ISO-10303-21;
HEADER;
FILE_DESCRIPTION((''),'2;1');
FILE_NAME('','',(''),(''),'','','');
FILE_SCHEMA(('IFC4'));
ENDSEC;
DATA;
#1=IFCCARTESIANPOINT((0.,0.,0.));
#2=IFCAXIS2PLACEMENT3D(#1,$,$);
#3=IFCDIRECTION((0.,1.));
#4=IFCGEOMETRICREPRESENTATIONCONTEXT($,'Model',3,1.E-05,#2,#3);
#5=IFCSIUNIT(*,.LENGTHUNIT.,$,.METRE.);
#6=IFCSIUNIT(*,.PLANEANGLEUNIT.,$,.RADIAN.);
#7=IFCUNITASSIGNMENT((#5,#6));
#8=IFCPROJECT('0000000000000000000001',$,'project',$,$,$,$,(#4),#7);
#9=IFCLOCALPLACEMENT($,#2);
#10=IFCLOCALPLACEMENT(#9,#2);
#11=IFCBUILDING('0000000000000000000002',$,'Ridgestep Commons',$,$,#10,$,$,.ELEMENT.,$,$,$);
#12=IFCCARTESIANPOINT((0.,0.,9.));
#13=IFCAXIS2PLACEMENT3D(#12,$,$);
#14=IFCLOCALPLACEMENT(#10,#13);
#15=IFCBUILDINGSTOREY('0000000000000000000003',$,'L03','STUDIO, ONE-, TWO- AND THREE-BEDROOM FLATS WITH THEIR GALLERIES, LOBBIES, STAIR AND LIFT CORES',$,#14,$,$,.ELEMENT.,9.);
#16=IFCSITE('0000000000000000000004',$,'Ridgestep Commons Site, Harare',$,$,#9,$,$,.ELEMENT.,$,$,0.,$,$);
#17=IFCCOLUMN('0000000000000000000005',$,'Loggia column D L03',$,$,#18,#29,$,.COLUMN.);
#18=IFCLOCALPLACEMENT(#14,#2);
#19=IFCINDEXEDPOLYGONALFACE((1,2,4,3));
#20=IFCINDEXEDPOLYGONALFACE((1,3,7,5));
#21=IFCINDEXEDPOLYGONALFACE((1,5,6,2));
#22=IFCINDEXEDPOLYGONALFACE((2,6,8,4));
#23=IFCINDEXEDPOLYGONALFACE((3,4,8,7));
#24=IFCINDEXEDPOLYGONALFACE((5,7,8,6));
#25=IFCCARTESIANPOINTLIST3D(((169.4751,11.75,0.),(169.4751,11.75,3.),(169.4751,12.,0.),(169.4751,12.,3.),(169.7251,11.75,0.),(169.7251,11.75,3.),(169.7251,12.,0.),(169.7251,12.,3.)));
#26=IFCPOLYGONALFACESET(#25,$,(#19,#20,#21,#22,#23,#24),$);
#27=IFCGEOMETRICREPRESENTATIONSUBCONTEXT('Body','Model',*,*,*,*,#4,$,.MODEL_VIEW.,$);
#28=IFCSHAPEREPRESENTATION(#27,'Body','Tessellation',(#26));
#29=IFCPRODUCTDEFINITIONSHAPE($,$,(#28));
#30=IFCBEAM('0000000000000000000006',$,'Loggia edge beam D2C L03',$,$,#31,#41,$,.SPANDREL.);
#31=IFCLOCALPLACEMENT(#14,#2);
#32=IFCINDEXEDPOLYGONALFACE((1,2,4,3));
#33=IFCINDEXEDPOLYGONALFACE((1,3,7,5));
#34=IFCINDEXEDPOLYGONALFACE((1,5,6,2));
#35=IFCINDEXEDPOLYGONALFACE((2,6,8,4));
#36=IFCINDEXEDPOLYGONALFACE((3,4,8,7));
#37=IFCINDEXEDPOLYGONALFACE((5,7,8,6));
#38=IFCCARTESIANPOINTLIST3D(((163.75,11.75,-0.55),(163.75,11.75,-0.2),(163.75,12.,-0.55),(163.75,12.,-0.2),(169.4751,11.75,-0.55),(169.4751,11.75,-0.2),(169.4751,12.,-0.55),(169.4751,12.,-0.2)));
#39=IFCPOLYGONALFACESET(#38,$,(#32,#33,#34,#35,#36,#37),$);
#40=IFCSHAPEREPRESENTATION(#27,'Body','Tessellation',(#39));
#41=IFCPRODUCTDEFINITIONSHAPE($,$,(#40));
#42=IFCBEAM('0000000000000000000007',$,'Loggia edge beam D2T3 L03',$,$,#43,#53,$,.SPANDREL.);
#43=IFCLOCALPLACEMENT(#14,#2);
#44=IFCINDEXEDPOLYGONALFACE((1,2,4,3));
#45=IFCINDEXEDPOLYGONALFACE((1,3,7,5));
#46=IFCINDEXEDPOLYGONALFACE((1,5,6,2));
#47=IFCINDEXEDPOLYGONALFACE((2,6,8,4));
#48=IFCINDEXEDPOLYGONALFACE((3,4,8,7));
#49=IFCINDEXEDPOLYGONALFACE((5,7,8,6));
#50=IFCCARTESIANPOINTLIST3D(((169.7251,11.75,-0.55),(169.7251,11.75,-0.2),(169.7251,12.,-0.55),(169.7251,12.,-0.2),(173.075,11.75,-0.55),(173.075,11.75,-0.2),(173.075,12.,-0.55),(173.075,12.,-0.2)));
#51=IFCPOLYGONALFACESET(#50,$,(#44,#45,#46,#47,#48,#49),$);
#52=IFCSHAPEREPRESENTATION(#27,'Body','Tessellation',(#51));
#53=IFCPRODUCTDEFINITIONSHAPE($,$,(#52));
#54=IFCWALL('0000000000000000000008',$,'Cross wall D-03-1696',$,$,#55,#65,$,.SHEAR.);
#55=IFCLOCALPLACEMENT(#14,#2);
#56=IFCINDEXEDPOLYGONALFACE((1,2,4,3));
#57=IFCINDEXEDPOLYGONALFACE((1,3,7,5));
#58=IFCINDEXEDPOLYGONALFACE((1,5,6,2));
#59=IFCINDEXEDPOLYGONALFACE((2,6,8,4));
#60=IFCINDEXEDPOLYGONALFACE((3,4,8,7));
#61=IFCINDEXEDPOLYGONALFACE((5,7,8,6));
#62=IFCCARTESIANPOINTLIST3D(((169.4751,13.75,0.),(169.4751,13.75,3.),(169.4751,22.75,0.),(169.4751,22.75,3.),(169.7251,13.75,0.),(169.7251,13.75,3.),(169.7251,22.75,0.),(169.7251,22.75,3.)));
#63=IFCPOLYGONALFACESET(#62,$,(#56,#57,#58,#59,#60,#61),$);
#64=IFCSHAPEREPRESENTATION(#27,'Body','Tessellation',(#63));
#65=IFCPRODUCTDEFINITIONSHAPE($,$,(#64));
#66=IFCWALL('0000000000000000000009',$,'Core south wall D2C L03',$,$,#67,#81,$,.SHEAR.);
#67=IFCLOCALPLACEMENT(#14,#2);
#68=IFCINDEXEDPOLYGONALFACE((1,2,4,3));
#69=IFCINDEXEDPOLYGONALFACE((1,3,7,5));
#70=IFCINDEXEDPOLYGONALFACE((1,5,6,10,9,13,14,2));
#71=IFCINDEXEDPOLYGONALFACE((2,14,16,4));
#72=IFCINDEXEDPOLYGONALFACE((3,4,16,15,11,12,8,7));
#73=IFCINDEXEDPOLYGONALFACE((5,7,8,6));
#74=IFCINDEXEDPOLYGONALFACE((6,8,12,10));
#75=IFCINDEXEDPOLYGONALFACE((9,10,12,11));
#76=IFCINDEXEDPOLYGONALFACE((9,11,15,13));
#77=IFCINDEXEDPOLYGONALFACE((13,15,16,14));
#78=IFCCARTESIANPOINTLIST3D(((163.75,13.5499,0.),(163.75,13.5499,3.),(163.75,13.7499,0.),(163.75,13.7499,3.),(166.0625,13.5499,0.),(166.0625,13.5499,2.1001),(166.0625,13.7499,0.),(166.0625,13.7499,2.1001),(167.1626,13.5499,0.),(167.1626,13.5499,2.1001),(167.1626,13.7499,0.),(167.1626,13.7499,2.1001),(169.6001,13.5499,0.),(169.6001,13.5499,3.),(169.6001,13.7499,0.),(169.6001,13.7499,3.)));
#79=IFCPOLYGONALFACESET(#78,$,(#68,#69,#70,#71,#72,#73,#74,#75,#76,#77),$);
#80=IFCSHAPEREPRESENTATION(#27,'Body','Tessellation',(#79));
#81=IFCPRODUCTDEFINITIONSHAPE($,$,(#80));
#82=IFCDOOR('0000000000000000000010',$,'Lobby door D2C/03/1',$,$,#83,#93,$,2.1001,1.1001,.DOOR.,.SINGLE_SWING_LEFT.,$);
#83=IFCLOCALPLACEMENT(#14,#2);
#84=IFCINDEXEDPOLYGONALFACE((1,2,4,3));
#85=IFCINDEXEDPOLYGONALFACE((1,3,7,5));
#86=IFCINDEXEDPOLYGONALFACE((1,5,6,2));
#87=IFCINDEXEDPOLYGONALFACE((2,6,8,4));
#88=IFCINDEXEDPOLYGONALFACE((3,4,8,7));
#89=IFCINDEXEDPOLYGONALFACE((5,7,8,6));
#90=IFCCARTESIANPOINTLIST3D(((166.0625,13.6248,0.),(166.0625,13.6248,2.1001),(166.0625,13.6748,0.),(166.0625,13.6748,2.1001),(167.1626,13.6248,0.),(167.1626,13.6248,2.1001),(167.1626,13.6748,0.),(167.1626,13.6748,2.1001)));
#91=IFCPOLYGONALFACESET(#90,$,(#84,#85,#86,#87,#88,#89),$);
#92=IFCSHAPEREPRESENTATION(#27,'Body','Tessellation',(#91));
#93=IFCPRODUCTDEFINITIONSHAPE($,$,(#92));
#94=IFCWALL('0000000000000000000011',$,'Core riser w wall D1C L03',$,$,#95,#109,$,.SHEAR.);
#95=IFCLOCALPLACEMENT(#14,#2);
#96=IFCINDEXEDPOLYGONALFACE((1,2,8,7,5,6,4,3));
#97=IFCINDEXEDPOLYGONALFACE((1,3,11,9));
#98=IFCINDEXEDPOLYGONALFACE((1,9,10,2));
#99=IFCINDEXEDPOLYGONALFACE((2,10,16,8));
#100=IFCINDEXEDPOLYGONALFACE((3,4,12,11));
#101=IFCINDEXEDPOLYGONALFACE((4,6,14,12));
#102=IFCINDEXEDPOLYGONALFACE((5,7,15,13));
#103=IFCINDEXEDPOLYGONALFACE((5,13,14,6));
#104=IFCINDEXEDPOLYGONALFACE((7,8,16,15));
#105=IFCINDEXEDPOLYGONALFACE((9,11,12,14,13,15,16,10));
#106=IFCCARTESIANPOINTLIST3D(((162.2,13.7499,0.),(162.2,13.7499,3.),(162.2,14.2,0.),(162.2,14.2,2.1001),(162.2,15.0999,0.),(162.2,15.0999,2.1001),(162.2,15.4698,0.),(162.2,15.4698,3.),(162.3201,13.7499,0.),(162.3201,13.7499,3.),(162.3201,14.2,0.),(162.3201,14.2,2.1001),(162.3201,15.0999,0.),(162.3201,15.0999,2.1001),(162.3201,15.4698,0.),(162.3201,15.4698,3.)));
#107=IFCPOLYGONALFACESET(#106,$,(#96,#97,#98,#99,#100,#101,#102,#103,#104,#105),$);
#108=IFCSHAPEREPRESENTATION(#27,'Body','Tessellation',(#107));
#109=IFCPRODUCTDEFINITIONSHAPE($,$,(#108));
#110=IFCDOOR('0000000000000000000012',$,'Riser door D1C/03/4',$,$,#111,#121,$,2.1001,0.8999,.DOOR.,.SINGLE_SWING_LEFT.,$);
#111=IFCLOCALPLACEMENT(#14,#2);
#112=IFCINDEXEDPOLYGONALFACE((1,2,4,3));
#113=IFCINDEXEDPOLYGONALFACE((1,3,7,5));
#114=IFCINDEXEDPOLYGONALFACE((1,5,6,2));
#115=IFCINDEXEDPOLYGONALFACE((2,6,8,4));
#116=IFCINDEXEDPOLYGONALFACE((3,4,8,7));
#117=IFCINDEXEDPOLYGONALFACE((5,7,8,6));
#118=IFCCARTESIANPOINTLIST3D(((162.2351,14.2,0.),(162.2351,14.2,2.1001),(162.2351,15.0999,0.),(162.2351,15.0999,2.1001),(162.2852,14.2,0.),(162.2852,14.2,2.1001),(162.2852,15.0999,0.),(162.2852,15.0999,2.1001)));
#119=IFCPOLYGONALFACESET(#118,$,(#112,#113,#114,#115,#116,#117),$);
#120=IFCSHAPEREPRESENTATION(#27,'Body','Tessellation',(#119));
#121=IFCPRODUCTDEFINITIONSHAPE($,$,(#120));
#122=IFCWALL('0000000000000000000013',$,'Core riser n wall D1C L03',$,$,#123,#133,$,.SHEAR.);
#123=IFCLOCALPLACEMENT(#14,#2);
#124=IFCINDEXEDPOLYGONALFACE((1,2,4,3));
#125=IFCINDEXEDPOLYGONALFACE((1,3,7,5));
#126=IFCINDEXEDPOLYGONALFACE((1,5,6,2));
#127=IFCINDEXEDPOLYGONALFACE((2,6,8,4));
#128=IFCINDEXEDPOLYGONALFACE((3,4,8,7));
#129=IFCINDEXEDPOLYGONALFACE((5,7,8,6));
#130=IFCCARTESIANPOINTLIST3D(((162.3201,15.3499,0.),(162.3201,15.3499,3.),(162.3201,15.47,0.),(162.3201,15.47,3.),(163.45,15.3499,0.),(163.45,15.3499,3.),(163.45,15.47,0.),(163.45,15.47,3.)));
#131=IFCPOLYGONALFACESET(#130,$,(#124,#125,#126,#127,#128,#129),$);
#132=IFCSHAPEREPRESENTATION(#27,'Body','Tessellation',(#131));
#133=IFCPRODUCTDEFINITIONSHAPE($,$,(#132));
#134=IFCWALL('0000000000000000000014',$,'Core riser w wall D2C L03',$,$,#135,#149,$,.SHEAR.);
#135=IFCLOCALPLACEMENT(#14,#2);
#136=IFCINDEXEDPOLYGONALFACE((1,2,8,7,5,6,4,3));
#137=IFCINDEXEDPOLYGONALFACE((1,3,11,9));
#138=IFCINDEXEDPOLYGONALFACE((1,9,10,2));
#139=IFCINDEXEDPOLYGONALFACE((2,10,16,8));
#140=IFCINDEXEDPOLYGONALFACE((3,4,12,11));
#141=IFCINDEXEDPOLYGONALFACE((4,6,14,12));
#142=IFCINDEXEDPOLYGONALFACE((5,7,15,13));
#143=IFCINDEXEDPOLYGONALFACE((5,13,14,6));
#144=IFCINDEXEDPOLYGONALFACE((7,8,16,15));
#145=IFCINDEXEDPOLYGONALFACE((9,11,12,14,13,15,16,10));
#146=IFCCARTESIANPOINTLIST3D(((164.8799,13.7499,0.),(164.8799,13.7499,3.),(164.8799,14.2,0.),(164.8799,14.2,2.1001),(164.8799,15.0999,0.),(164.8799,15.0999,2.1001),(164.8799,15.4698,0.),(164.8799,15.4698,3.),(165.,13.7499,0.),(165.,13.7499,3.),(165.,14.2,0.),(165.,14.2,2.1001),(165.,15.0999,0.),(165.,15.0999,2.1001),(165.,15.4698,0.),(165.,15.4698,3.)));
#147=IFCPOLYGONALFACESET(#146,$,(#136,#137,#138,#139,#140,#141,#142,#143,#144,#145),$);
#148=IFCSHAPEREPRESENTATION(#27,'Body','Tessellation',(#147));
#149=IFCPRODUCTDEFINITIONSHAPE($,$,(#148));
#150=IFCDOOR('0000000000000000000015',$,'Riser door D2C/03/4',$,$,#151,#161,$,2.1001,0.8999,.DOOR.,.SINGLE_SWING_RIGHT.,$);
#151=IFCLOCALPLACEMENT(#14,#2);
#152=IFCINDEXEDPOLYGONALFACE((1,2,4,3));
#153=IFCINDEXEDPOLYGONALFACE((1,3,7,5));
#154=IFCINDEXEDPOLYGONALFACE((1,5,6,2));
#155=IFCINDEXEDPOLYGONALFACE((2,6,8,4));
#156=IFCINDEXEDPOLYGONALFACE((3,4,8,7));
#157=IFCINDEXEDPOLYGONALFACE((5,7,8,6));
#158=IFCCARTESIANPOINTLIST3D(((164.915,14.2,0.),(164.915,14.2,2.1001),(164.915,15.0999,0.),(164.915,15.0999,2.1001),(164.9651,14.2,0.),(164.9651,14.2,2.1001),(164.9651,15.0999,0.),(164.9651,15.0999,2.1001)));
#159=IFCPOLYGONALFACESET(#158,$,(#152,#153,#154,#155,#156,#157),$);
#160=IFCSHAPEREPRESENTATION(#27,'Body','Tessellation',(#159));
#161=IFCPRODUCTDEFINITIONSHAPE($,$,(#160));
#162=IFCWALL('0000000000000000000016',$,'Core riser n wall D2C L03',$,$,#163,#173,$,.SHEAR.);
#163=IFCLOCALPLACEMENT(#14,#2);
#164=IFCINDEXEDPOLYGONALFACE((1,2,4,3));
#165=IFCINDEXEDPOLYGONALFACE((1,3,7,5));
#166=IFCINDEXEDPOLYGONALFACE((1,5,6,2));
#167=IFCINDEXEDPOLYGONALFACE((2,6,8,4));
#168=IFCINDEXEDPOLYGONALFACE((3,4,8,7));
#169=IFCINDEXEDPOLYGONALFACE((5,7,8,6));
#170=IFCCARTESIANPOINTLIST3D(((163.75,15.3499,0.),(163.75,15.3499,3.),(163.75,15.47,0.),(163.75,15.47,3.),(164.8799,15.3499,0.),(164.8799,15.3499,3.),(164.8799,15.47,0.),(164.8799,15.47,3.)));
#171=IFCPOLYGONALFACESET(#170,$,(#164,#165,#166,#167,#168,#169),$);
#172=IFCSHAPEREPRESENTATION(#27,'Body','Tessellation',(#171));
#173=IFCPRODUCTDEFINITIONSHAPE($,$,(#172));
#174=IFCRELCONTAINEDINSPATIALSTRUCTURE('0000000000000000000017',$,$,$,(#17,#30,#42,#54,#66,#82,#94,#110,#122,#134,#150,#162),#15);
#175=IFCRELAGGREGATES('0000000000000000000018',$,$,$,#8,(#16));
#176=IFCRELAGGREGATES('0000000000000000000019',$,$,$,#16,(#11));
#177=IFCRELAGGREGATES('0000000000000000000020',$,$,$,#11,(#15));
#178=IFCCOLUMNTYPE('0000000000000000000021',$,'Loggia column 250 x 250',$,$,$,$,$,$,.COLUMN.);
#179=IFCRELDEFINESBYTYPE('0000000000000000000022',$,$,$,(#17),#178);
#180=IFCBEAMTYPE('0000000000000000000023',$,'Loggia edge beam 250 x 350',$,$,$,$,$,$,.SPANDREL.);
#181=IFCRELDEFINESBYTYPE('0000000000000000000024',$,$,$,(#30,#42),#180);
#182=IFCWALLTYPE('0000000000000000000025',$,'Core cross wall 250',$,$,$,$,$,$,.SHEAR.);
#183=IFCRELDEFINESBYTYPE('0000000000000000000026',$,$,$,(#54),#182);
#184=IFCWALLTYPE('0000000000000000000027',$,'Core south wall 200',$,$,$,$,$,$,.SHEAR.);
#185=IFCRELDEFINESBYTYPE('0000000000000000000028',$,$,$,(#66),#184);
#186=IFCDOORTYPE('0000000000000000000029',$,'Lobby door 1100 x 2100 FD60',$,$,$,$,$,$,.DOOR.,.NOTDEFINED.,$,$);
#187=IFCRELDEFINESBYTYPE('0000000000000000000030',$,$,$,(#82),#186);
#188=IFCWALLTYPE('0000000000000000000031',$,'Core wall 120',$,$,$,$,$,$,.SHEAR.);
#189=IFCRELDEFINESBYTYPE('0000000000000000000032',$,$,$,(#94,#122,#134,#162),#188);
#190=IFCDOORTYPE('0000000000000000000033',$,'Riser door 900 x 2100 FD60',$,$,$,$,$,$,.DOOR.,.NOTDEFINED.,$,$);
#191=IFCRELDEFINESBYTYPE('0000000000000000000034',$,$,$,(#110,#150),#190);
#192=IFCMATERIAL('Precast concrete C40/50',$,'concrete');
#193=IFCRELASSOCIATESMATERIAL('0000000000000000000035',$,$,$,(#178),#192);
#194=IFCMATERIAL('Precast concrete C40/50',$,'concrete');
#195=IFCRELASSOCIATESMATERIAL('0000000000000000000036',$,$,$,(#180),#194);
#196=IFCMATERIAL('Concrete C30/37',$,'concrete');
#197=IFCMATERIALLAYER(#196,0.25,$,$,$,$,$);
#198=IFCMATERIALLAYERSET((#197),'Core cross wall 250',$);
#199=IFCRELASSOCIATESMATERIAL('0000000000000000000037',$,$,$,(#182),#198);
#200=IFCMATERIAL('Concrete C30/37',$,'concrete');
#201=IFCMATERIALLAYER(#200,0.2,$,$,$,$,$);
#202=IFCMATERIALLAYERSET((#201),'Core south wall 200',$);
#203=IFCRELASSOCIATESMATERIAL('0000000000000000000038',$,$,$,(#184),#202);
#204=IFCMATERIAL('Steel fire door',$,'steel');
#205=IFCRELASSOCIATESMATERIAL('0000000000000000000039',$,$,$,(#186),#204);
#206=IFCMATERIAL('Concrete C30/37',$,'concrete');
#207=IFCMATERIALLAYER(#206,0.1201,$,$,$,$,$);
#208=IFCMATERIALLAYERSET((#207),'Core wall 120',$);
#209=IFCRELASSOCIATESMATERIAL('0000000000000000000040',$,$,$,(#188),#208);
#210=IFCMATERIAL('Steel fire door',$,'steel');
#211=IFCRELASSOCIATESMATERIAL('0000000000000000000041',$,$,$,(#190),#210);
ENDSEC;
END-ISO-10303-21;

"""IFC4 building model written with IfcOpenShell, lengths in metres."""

from ifc_helpers import new_model, si_unit, direction, frame, frame_2d, origin, origin_2d, place, context, subcontext, project, spatial, rectangle, extrude, material, layer, layer_set, material_profile, profile_set, type_object, element, fill, save


model = new_model("IFC4")

# Units and contexts
model_context = context("Model", 3, precision=1e-05, world=origin(), true_north=direction((0.0, 1.0)))
body_context = subcontext(model_context, "Body", "Model", "MODEL_VIEW")
ifc_project = project(units=[si_unit("LENGTHUNIT", "METRE"), si_unit("PLANEANGLEUNIT", "RADIAN")], contexts=[model_context])

# Site, building, storey
site_placement = place(None, origin())
site = spatial("IfcSite", under=ifc_project, at=site_placement, Name="Ridgestep Commons Site, Harare", CompositionType="ELEMENT", RefElevation=0.0)
building_placement = place(site_placement, origin())
building = spatial("IfcBuilding", under=site, at=building_placement, Name="Ridgestep Commons", CompositionType="ELEMENT")
storey_placement = place(building_placement, frame((0.0, 0.0, 9.0)))
storey = spatial("IfcBuildingStorey", under=building, at=storey_placement, Name="L03", Description="STUDIO, ONE-, TWO- AND THREE-BEDROOM FLATS WITH THEIR GALLERIES, LOBBIES, STAIR AND LIFT CORES", CompositionType="ELEMENT", Elevation=9.0)

# Column
ifc_material_1 = material(Name="Precast concrete C40/50", Category="concrete")
ifc_material_profile_1 = material_profile(ifc_material_1, rectangle(XDim=0.25, YDim=0.25, at=origin_2d()), Name="PC 250x250")
ifc_profile_set_1 = profile_set([ifc_material_profile_1], Name="Precast concrete C40/50")
column_type = type_object("IfcColumnType", Name="Loggia column 250 x 250", PredefinedType="COLUMN", material=ifc_profile_set_1)
column_placement = place(storey_placement, frame((169.6001, 11.875, 0.0), z_axis=(0.0, 0.0, 1.0), x_axis=(1.0, 0.0, 0.0)))
element("IfcColumn", 1, at=column_placement, inside=storey, type_object=column_type, Name="Loggia column D L03", PredefinedType="COLUMN", context=body_context, shape_type="SweptSolid", body=[
    extrude(rectangle(XDim=0.25, YDim=0.25, at=origin_2d()), origin(), (0.0, 0.0, 1.0), 3.0),
])

# Beams
ifc_material_2 = material(Name="Precast concrete C40/50", Category="concrete")
ifc_material_profile_2 = material_profile(ifc_material_2, rectangle(XDim=0.25, YDim=0.3501, at=origin_2d()), Name="PC 250x350")
ifc_profile_set_2 = profile_set([ifc_material_profile_2], Name="Precast concrete C40/50")
beam_type = type_object("IfcBeamType", Name="Loggia edge beam 250 x 350", PredefinedType="SPANDREL", material=ifc_profile_set_2)
beam_1_placement = place(storey_placement, frame((163.75, 11.875, -0.375), z_axis=(1.0, 0.0, 0.0), x_axis=(0.0, 1.0, 0.0)))
element("IfcBeam", 2, at=beam_1_placement, inside=storey, type_object=beam_type, Name="Loggia edge beam D2C L03", PredefinedType="SPANDREL", context=body_context, shape_type="SweptSolid", body=[
    extrude(rectangle(XDim=0.25, YDim=0.3501, at=origin_2d()), origin(), (0.0, 0.0, 1.0), 5.7251),
])
beam_2_placement = place(storey_placement, frame((169.7251, 11.875, -0.375), z_axis=(1.0, 0.0, 0.0), x_axis=(0.0, 1.0, 0.0)))
element("IfcBeam", 3, at=beam_2_placement, inside=storey, type_object=beam_type, Name="Loggia edge beam D2T3 L03", PredefinedType="SPANDREL", context=body_context, shape_type="SweptSolid", body=[
    extrude(rectangle(XDim=0.25, YDim=0.3501, at=origin_2d()), origin(), (0.0, 0.0, 1.0), 3.3499),
])

# Wall
ifc_material_3 = material(Name="Concrete C30/37", Category="concrete")
ifc_layer_1 = layer(ifc_material_3, 0.25)
ifc_layer_set_1 = layer_set([ifc_layer_1], Name="Core cross wall 250")
wall_type_1 = type_object("IfcWallType", Name="Core cross wall 250", PredefinedType="SHEAR", material=ifc_layer_set_1)
wall_1_placement = place(storey_placement, frame((169.6001, 13.75, 0.0), z_axis=(0.0, 0.0, 1.0), x_axis=(0.0, 1.0, 0.0)))
element("IfcWall", 4, at=wall_1_placement, inside=storey, type_object=wall_type_1, Name="Cross wall D-03-1696", PredefinedType="SHEAR", context=body_context, shape_type="SweptSolid", body=[
    extrude(rectangle(XDim=9.0, YDim=0.25, at=frame_2d((4.5, 0.0))), origin(), (0.0, 0.0, 1.0), 3.0),
])

# Walls, openings, doors
ifc_material_4 = material(Name="Concrete C30/37", Category="concrete")
ifc_layer_2 = layer(ifc_material_4, 0.2)
ifc_layer_set_2 = layer_set([ifc_layer_2], Name="Core south wall 200")
wall_type_2 = type_object("IfcWallType", Name="Core south wall 200", PredefinedType="SHEAR", material=ifc_layer_set_2)
wall_2_placement = place(storey_placement, frame((163.75, 13.6499, 0.0), z_axis=(0.0, 0.0, 1.0), x_axis=(1.0, 0.0, 0.0)))
wall_2 = element("IfcWall", 5, at=wall_2_placement, inside=storey, type_object=wall_type_2, Name="Core south wall D2C L03", PredefinedType="SHEAR", context=body_context, shape_type="SweptSolid", body=[
    extrude(rectangle(XDim=5.8501, YDim=0.2, at=frame_2d((2.925, 0.0))), origin(), (0.0, 0.0, 1.0), 3.0),
])
opening_1_placement = place(wall_2_placement, frame((2.3125, 0.0, 0.0)))
opening_1 = element("IfcOpeningElement", 6, at=opening_1_placement, cuts=wall_2, PredefinedType="OPENING", context=body_context, shape_type="SweptSolid", body=[
    extrude(rectangle(XDim=1.1001, YDim=2.1001, at=frame_2d((0.55, 1.05))), frame((0.0, 0.1099, 0.0), z_axis=(0.0, -1.0, 0.0), x_axis=(1.0, 0.0, 0.0)), (0.0, 0.0, 1.0), 0.22),
])
ifc_material_5 = material(Name="Steel fire door", Category="steel")
door_type_1 = type_object("IfcDoorType", Name="Lobby door 1100 x 2100 FD60", OperationType="NOTDEFINED", PredefinedType="DOOR", material=ifc_material_5)
door_1_placement = place(opening_1_placement, origin())
door_1 = element("IfcDoor", 7, at=door_1_placement, inside=storey, type_object=door_type_1, Name="Lobby door D2C/03/1", OperationType="SINGLE_SWING_LEFT", OverallHeight=2.1001, OverallWidth=1.1001, PredefinedType="DOOR", context=body_context, shape_type="SweptSolid", body=[
    extrude(rectangle(XDim=1.1001, YDim=2.1001, at=frame_2d((0.55, 1.05))), frame((0.0, 0.0249, 0.0), z_axis=(0.0, -1.0, 0.0), x_axis=(1.0, 0.0, 0.0)), (0.0, 0.0, 1.0), 0.05),
])
fill(opening_1, door_1)
ifc_material_6 = material(Name="Concrete C30/37", Category="concrete")
ifc_layer_3 = layer(ifc_material_6, 0.1201)
ifc_layer_set_3 = layer_set([ifc_layer_3], Name="Core wall 120")
wall_type_3 = type_object("IfcWallType", Name="Core wall 120", PredefinedType="SHEAR", material=ifc_layer_set_3)
wall_3_placement = place(storey_placement, frame((162.26, 13.75, 0.0), z_axis=(0.0, 0.0, 1.0), x_axis=(0.0, 1.0, 0.0)))
wall_3 = element("IfcWall", 8, at=wall_3_placement, inside=storey, type_object=wall_type_3, Name="Core riser w wall D1C L03", PredefinedType="SHEAR", context=body_context, shape_type="SweptSolid", body=[
    extrude(rectangle(XDim=1.72, YDim=0.1201, at=frame_2d((0.8599, 0.0))), origin(), (0.0, 0.0, 1.0), 3.0),
])
opening_2_placement = place(wall_3_placement, frame((0.45, 0.0, 0.0)))
opening_2 = element("IfcOpeningElement", 9, at=opening_2_placement, cuts=wall_3, PredefinedType="OPENING", context=body_context, shape_type="SweptSolid", body=[
    extrude(rectangle(XDim=0.8999, YDim=2.1001, at=frame_2d((0.45, 1.05))), frame((0.0, 0.0701, 0.0), z_axis=(0.0, -1.0, 0.0), x_axis=(1.0, 0.0, 0.0)), (0.0, 0.0, 1.0), 0.1401),
])
ifc_material_7 = material(Name="Steel fire door", Category="steel")
door_type_2 = type_object("IfcDoorType", Name="Riser door 900 x 2100 FD60", OperationType="NOTDEFINED", PredefinedType="DOOR", material=ifc_material_7)
door_2_placement = place(opening_2_placement, origin())
door_2 = element("IfcDoor", 10, at=door_2_placement, inside=storey, type_object=door_type_2, Name="Riser door D1C/03/4", OperationType="SINGLE_SWING_LEFT", OverallHeight=2.1001, OverallWidth=0.8999, PredefinedType="DOOR", context=body_context, shape_type="SweptSolid", body=[
    extrude(rectangle(XDim=0.8999, YDim=2.1001, at=frame_2d((0.45, 1.05))), frame((0.0, 0.0249, 0.0), z_axis=(0.0, -1.0, 0.0), x_axis=(1.0, 0.0, 0.0)), (0.0, 0.0, 1.0), 0.05),
])
fill(opening_2, door_2)

# Wall
wall_4_placement = place(storey_placement, frame((162.3201, 15.4099, 0.0), z_axis=(0.0, 0.0, 1.0), x_axis=(1.0, 0.0, 0.0)))
element("IfcWall", 11, at=wall_4_placement, inside=storey, type_object=wall_type_3, Name="Core riser n wall D1C L03", PredefinedType="SHEAR", context=body_context, shape_type="SweptSolid", body=[
    extrude(rectangle(XDim=1.1299, YDim=0.1201, at=frame_2d((0.5649, 0.0))), origin(), (0.0, 0.0, 1.0), 3.0),
])

# Wall, opening, door
wall_5_placement = place(storey_placement, frame((164.9399, 13.75, 0.0), z_axis=(0.0, 0.0, 1.0), x_axis=(0.0, 1.0, 0.0)))
wall_5 = element("IfcWall", 12, at=wall_5_placement, inside=storey, type_object=wall_type_3, Name="Core riser w wall D2C L03", PredefinedType="SHEAR", context=body_context, shape_type="SweptSolid", body=[
    extrude(rectangle(XDim=1.72, YDim=0.1201, at=frame_2d((0.8599, 0.0))), origin(), (0.0, 0.0, 1.0), 3.0),
])
opening_3_placement = place(wall_5_placement, frame((0.45, 0.0, 0.0)))
opening_3 = element("IfcOpeningElement", 13, at=opening_3_placement, cuts=wall_5, PredefinedType="OPENING", context=body_context, shape_type="SweptSolid", body=[
    extrude(rectangle(XDim=0.8999, YDim=2.1001, at=frame_2d((0.45, 1.05))), frame((0.0, 0.0701, 0.0), z_axis=(0.0, -1.0, 0.0), x_axis=(1.0, 0.0, 0.0)), (0.0, 0.0, 1.0), 0.1401),
])
door_3_placement = place(opening_3_placement, origin())
door_3 = element("IfcDoor", 14, at=door_3_placement, inside=storey, type_object=door_type_2, Name="Riser door D2C/03/4", OperationType="SINGLE_SWING_RIGHT", OverallHeight=2.1001, OverallWidth=0.8999, PredefinedType="DOOR", context=body_context, shape_type="SweptSolid", body=[
    extrude(rectangle(XDim=0.8999, YDim=2.1001, at=frame_2d((0.45, 1.05))), frame((0.0, 0.0249, 0.0), z_axis=(0.0, -1.0, 0.0), x_axis=(1.0, 0.0, 0.0)), (0.0, 0.0, 1.0), 0.05),
])
fill(opening_3, door_3)

# Wall
wall_6_placement = place(storey_placement, frame((163.75, 15.4099, 0.0), z_axis=(0.0, 0.0, 1.0), x_axis=(1.0, 0.0, 0.0)))
element("IfcWall", 15, at=wall_6_placement, inside=storey, type_object=wall_type_3, Name="Core riser n wall D2C L03", PredefinedType="SHEAR", context=body_context, shape_type="SweptSolid", body=[
    extrude(rectangle(XDim=1.1299, YDim=0.1201, at=frame_2d((0.5649, 0.0))), origin(), (0.0, 0.0, 1.0), 3.0),
])

save(model, "model.ifc")
